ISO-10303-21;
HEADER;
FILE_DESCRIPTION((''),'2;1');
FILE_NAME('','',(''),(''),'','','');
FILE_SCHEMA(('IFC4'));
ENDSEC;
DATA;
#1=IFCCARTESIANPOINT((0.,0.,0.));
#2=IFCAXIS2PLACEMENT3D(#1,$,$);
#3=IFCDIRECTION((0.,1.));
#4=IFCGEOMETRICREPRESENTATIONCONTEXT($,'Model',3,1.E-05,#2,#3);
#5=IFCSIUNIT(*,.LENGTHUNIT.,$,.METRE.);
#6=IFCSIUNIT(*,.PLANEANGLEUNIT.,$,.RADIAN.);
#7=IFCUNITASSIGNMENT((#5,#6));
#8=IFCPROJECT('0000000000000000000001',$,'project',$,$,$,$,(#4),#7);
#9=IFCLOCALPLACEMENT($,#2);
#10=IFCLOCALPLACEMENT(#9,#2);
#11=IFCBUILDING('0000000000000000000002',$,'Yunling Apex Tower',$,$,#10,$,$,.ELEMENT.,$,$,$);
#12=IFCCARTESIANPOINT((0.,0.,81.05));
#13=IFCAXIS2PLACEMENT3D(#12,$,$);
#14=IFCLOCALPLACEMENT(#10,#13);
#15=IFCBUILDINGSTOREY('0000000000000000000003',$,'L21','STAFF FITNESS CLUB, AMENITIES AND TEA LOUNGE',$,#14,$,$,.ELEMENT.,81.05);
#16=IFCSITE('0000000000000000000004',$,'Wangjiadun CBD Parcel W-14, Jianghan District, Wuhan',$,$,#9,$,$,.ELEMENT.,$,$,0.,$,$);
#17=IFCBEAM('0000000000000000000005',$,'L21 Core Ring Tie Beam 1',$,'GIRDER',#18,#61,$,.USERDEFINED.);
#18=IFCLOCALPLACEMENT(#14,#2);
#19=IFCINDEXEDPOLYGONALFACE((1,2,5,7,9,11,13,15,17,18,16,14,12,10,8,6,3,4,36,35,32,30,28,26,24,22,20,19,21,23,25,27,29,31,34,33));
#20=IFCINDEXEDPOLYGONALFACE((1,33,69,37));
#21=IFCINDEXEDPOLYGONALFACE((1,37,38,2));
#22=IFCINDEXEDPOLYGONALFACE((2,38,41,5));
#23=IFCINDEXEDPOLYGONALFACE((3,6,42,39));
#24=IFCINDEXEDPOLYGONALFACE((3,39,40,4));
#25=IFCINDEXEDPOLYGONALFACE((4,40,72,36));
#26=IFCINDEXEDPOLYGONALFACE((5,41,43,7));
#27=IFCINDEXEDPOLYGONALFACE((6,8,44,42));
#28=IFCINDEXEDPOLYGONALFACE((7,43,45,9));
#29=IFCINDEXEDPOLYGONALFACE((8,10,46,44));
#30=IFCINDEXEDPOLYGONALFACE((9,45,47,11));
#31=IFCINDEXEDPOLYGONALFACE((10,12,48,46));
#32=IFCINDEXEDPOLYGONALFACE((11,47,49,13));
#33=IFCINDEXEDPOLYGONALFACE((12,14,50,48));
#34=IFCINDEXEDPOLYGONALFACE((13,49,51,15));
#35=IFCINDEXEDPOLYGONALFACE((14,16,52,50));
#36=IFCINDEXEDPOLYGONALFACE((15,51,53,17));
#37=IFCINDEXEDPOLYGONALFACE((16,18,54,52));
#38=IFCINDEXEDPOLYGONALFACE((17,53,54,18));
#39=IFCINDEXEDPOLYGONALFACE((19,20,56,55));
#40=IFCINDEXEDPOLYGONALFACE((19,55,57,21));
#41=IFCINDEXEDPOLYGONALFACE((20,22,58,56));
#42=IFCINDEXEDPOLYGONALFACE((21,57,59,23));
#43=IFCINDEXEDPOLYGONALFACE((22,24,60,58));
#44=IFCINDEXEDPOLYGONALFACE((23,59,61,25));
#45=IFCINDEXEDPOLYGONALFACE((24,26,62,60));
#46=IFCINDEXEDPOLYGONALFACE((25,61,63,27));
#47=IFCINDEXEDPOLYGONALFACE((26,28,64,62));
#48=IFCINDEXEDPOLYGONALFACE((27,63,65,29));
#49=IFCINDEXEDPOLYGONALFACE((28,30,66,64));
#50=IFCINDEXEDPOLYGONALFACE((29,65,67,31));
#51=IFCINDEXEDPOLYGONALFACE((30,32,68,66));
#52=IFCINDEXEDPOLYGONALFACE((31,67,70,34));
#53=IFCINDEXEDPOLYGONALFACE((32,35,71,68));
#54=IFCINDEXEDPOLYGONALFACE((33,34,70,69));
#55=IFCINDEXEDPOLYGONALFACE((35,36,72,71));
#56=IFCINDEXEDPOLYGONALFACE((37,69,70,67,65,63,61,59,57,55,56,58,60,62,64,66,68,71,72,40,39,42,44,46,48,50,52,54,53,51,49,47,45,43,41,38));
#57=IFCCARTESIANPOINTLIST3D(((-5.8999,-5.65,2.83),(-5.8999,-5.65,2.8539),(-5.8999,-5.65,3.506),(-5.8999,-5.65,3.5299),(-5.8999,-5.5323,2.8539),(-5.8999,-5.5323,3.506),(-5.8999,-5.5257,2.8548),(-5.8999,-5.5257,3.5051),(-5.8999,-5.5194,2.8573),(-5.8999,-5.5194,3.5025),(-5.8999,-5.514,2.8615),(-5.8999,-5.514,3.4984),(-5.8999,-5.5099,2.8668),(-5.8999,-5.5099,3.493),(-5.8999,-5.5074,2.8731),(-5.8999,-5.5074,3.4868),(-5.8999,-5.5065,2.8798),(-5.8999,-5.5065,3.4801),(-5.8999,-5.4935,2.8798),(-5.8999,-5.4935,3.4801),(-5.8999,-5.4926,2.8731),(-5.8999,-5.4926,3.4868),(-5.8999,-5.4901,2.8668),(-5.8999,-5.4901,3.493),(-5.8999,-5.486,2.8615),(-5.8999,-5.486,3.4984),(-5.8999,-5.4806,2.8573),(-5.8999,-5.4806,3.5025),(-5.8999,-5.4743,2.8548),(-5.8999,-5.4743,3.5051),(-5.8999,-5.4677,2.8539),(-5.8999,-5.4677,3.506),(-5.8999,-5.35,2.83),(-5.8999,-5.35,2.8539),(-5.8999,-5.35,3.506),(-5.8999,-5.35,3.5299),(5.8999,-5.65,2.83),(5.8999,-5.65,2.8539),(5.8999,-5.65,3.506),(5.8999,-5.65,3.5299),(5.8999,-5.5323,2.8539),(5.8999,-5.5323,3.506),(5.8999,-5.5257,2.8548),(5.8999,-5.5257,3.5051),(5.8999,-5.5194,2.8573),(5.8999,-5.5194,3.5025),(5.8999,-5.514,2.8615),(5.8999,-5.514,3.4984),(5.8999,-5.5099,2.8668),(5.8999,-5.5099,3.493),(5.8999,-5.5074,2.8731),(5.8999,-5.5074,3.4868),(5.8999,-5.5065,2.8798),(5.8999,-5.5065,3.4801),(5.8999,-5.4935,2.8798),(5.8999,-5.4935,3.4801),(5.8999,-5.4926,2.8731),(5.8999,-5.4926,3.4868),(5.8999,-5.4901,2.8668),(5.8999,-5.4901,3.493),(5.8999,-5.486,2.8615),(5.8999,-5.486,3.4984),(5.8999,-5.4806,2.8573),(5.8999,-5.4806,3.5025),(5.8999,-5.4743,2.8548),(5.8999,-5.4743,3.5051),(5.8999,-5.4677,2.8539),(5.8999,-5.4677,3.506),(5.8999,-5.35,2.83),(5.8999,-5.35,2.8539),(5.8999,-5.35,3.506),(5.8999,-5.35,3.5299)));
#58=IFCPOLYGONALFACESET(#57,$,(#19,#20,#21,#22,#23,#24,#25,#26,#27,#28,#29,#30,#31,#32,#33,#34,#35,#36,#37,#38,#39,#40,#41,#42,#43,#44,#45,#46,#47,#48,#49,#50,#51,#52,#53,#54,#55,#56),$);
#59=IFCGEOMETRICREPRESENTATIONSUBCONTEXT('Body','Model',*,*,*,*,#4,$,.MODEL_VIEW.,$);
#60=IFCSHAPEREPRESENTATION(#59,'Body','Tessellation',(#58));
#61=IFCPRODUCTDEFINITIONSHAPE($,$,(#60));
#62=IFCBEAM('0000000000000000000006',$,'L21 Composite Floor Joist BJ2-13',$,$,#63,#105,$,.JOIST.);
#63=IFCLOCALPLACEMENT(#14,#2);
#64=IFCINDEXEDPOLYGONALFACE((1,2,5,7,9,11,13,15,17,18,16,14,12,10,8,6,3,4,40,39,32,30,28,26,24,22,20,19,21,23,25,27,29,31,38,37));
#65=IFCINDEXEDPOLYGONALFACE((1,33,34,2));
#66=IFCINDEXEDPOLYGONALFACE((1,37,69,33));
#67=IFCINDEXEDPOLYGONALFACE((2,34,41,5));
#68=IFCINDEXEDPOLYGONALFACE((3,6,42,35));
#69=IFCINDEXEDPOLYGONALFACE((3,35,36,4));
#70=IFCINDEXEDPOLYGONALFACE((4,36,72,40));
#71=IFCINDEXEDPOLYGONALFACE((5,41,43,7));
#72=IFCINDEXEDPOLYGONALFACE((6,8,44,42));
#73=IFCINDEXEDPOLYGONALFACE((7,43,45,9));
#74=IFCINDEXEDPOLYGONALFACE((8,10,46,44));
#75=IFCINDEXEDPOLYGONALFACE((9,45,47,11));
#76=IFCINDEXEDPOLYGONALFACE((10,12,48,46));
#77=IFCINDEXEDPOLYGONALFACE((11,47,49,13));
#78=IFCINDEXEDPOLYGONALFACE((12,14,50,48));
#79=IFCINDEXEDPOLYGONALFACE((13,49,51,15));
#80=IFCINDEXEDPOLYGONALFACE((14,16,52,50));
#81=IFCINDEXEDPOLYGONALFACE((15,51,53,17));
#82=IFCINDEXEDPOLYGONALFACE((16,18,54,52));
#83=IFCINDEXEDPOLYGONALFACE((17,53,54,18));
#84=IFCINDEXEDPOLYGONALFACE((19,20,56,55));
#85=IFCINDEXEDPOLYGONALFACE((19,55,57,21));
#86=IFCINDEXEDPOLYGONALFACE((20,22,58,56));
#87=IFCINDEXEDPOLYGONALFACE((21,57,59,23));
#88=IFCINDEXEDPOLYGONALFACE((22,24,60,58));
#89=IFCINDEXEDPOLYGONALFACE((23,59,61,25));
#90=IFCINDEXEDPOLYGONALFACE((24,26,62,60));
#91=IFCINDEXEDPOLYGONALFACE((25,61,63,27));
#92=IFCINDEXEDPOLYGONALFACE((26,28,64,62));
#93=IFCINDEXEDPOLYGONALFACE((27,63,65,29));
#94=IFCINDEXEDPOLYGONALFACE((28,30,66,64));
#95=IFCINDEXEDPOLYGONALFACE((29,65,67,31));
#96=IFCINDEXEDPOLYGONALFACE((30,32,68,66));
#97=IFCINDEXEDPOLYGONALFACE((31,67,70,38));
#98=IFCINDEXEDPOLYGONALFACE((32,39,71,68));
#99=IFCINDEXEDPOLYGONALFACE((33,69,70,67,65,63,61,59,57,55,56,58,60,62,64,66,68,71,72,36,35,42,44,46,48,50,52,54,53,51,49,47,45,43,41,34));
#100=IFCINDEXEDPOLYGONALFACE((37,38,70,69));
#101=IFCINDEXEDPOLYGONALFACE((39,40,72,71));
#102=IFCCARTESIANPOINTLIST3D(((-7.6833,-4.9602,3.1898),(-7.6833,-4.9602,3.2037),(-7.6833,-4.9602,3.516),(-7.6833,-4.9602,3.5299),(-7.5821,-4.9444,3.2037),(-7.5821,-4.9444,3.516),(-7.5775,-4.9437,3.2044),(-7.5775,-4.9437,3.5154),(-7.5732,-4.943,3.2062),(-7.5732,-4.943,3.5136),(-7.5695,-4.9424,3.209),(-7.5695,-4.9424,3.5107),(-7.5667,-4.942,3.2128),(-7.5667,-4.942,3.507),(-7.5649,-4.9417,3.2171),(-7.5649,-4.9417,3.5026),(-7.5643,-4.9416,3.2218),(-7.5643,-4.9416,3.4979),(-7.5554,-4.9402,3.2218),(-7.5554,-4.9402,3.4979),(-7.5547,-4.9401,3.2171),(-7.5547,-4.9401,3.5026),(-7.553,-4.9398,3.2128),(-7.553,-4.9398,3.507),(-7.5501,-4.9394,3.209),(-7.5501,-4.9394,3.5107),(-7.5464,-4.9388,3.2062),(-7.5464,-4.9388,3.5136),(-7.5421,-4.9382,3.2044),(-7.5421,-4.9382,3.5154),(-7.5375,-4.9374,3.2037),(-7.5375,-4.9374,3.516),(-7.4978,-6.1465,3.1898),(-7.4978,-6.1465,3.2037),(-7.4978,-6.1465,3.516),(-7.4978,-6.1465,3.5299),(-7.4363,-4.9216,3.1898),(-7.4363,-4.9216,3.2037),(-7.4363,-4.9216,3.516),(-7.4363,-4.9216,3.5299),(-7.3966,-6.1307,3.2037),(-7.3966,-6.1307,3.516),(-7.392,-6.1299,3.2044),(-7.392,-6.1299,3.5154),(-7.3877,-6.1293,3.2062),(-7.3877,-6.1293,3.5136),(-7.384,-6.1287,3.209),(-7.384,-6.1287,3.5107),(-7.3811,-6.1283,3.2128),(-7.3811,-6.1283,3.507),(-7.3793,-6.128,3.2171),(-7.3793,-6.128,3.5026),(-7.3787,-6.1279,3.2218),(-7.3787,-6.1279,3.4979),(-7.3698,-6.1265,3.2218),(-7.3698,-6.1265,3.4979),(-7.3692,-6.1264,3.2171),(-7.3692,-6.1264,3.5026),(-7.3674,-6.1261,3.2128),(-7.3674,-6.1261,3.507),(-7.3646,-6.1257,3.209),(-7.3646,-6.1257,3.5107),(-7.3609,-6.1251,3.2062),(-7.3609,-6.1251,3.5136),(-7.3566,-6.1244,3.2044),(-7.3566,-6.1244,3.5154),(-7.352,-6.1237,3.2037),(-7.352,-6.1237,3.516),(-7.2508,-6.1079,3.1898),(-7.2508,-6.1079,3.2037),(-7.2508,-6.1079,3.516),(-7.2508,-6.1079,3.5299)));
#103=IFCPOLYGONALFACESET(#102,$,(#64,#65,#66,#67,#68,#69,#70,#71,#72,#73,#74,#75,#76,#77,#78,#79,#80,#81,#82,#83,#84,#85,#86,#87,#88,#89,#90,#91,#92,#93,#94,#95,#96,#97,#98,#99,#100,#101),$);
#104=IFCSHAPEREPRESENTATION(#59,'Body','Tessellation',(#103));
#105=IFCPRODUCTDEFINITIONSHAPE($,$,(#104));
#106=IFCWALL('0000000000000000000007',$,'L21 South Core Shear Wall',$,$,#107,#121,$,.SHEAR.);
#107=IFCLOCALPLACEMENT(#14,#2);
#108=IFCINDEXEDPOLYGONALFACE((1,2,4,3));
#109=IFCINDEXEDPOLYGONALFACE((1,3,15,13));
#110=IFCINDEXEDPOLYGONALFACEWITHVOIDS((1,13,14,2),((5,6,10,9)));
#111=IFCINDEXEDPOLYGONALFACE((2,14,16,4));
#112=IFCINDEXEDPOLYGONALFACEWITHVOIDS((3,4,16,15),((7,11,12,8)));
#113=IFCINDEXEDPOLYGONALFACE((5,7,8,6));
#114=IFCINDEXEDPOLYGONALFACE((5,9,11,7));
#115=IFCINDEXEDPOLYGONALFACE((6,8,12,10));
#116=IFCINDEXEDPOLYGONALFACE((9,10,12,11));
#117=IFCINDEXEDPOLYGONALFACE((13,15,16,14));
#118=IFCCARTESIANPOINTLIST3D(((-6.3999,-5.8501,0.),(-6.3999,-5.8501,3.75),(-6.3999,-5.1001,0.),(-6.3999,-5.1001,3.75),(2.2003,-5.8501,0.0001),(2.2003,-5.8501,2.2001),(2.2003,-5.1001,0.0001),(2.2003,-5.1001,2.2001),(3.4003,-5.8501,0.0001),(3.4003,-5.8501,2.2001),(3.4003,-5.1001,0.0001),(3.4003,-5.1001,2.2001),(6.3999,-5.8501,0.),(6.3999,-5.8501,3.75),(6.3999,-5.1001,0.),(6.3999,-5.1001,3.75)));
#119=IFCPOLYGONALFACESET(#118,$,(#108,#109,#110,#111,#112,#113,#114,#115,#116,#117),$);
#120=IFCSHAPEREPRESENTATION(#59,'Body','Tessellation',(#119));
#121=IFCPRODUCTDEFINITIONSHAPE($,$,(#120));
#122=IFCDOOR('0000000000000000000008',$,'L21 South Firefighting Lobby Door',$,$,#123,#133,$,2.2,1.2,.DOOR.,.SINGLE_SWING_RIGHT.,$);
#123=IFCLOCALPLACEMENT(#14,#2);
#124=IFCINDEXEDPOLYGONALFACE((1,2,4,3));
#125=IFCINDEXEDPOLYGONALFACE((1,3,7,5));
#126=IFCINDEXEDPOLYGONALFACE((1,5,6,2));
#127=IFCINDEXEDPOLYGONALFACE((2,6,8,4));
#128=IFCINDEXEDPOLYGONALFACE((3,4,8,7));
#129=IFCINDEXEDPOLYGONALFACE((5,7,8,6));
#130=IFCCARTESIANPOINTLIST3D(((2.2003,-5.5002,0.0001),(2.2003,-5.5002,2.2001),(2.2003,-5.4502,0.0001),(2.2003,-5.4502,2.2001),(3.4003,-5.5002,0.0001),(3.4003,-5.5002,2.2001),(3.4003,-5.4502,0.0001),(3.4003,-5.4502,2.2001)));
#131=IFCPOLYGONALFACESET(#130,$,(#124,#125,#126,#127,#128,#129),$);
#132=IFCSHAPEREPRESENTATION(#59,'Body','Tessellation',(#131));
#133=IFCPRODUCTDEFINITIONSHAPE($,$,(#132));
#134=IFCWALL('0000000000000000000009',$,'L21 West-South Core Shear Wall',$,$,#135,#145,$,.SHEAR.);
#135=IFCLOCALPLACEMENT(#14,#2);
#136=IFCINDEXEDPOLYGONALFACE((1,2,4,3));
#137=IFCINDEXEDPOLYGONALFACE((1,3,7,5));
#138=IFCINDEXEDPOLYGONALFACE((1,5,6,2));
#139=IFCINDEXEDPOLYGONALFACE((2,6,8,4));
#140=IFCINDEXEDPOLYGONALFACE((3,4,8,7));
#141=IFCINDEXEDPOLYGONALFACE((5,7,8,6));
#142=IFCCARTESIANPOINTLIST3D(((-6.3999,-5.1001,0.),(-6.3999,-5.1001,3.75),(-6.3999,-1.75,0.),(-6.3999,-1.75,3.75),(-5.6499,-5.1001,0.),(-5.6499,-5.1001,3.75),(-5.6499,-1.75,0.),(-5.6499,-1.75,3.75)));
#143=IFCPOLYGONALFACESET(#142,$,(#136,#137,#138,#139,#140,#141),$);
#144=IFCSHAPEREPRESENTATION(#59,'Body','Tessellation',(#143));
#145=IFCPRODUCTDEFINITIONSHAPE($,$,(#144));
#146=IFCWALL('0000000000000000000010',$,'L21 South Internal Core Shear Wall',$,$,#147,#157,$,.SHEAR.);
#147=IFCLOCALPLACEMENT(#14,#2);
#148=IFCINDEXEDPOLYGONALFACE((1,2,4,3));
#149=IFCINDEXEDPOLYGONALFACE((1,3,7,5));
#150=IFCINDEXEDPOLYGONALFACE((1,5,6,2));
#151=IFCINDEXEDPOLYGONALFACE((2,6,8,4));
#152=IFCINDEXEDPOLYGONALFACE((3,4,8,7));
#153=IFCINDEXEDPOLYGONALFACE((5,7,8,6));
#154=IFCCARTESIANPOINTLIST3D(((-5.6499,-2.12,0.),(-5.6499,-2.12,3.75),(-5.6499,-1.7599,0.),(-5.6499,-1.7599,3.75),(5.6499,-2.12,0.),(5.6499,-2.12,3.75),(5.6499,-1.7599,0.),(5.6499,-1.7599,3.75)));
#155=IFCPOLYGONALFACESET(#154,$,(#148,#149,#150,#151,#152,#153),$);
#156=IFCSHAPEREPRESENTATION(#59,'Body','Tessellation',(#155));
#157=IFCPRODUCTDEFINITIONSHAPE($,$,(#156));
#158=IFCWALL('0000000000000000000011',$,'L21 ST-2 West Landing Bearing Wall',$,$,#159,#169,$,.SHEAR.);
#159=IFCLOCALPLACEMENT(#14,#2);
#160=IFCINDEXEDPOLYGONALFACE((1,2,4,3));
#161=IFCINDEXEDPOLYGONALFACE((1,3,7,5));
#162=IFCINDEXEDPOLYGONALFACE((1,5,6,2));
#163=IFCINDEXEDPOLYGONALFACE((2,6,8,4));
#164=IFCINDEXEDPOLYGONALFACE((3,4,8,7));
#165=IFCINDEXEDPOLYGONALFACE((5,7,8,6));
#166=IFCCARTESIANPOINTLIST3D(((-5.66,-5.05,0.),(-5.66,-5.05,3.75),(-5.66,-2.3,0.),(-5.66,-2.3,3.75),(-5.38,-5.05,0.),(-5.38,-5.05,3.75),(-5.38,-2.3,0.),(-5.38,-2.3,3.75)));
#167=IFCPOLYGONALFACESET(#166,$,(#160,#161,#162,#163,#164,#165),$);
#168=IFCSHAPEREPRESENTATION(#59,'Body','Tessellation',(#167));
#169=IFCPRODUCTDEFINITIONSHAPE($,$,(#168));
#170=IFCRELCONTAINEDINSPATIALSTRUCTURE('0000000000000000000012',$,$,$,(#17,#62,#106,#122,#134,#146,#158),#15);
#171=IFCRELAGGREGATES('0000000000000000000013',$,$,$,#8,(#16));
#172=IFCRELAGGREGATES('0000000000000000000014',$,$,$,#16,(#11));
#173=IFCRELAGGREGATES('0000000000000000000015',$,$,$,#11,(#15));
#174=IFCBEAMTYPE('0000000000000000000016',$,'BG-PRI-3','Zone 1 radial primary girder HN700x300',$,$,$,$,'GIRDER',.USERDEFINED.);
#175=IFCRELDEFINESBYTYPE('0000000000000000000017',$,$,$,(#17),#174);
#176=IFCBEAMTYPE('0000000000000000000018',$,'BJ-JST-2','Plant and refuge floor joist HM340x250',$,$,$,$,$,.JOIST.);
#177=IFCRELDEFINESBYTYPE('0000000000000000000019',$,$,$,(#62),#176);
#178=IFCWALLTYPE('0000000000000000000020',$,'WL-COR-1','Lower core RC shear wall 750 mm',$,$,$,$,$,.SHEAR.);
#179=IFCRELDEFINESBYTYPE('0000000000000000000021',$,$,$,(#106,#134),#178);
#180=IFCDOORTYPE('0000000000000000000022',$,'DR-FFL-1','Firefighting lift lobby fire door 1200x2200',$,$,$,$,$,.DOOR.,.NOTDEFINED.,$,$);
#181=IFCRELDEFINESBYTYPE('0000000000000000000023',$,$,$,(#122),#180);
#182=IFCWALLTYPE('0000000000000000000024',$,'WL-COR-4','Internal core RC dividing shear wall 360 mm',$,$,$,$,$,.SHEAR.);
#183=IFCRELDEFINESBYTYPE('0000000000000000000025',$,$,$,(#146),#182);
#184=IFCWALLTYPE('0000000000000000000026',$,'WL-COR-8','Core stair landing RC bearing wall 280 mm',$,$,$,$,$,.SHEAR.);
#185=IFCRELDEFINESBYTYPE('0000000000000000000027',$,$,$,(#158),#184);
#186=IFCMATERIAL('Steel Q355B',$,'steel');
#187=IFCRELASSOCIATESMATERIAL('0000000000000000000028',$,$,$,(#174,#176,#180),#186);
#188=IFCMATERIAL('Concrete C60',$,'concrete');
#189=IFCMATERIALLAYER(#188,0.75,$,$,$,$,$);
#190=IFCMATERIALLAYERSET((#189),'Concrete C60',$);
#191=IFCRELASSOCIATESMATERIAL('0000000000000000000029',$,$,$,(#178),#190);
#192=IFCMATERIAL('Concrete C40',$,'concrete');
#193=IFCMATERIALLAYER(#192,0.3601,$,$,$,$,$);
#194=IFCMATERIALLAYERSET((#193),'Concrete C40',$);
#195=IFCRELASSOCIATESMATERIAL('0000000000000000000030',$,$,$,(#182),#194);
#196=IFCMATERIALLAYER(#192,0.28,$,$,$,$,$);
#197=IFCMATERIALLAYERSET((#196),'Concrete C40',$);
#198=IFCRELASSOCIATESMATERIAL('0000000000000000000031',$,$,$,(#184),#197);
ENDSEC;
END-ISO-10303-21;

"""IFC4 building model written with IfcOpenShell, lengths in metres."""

from ifc_helpers import new_model, si_unit, direction, frame, frame_2d, origin, origin_2d, place, context, subcontext, project, spatial, rectangle, i_section, extrude, source, transform, mapped, material, layer, layer_set, material_profile, profile_set, type_object, element, fill, save


model = new_model("IFC4")

# Units and contexts
model_context = context("Model", 3, precision=1e-05, world=origin(), true_north=direction((0.0, 1.0)))
body_context = subcontext(model_context, "Body", "Model", "MODEL_VIEW")
ifc_project = project(units=[si_unit("LENGTHUNIT", "METRE"), si_unit("PLANEANGLEUNIT", "RADIAN")], contexts=[model_context])

# Site, building, storey
site_placement = place(None, origin())
site = spatial("IfcSite", under=ifc_project, at=site_placement, Name="Wangjiadun CBD Parcel W-14, Jianghan District, Wuhan", CompositionType="ELEMENT", RefElevation=0.0)
building_placement = place(site_placement, origin())
building = spatial("IfcBuilding", under=site, at=building_placement, Name="Yunling Apex Tower", CompositionType="ELEMENT")
storey_placement = place(building_placement, frame((0.0, 0.0, 81.05)))
storey = spatial("IfcBuildingStorey", under=building, at=storey_placement, Name="L21", Description="STAFF FITNESS CLUB, AMENITIES AND TEA LOUNGE", CompositionType="ELEMENT", Elevation=81.05)

# Shared definitions
ifc_material_1 = material(Name="Concrete C60", Category="concrete")

# Beams
ifc_material_2 = material(Name="Steel Q355B", Category="steel")
ifc_material_profile_1 = material_profile(ifc_material_2, i_section(OverallWidth=0.3, OverallDepth=0.7, WebThickness=0.0129, FlangeThickness=0.0239, FilletRadius=0.0259, at=origin_2d()))
ifc_profile_set_1 = profile_set([ifc_material_profile_1], Name="Steel Q355B")
beam_type_1 = type_object("IfcBeamType", Name="BG-PRI-3", Description="Zone 1 radial primary girder HN700x300", ElementType="GIRDER", PredefinedType="USERDEFINED", material=ifc_profile_set_1)
shared_shape_1 = source(origin(), body_context, "Body", "SweptSolid", [
    extrude(i_section(OverallWidth=0.3, OverallDepth=0.7, WebThickness=0.0129, FlangeThickness=0.0239, FilletRadius=0.0259, at=origin_2d()), origin(), (0.0, 0.0, 1.0), 11.7998),
])
beam_1_placement = place(storey_placement, frame((-5.8999, -5.5, 3.1799), z_axis=(1.0, 0.0, 0.0), x_axis=(0.0, 1.0, 0.0)))
element("IfcBeam", 1, at=beam_1_placement, inside=storey, type_object=beam_type_1, Name="L21 Core Ring Tie Beam 1", ObjectType="GIRDER", PredefinedType="USERDEFINED", context=body_context, shape_type="MappedRepresentation", body=[
    mapped(shared_shape_1, transform((0.0, 0.0, 0.0), scale=1.0)),
])
ifc_material_profile_2 = material_profile(ifc_material_2, i_section(OverallWidth=0.25, OverallDepth=0.3401, WebThickness=0.009, FlangeThickness=0.0139, FilletRadius=0.0181, at=origin_2d()))
ifc_profile_set_2 = profile_set([ifc_material_profile_2], Name="Steel Q355B")
beam_type_2 = type_object("IfcBeamType", Name="BJ-JST-2", Description="Plant and refuge floor joist HM340x250", PredefinedType="JOIST", material=ifc_profile_set_2)
shared_shape_2 = source(origin(), body_context, "Body", "SweptSolid", [
    extrude(i_section(OverallWidth=0.25, OverallDepth=0.3401, WebThickness=0.009, FlangeThickness=0.0139, FilletRadius=0.0181, at=origin_2d()), origin(), (0.0, 0.0, 1.0), 1.2007),
])
beam_2_placement = place(storey_placement, frame((-7.5598, -4.9409, 3.3599), z_axis=(0.154532, -0.987988, 0.0), x_axis=(0.987988, 0.154532, 0.0)))
element("IfcBeam", 2, at=beam_2_placement, inside=storey, type_object=beam_type_2, Name="L21 Composite Floor Joist BJ2-13", PredefinedType="JOIST", context=body_context, shape_type="MappedRepresentation", body=[
    mapped(shared_shape_2, transform((0.0, 0.0, 0.0), scale=1.0)),
])

# Wall, opening, door
ifc_layer_1 = layer(ifc_material_1, 0.75)
ifc_layer_set_1 = layer_set([ifc_layer_1], Name="Concrete C60")
wall_type_1 = type_object("IfcWallType", Name="WL-COR-1", Description="Lower core RC shear wall 750 mm", PredefinedType="SHEAR", material=ifc_layer_set_1)
wall_1_placement = place(storey_placement, frame((-6.3999, -5.4751, 0.0), z_axis=(0.0, 0.0, 1.0), x_axis=(1.0, 0.0, 0.0)))
wall_1 = element("IfcWall", 3, at=wall_1_placement, inside=storey, type_object=wall_type_1, Name="L21 South Core Shear Wall", PredefinedType="SHEAR", context=body_context, shape_type="SweptSolid", body=[
    extrude(rectangle(XDim=12.7998, YDim=0.75, at=frame_2d((6.3999, 0.0))), origin(), (0.0, 0.0, 1.0), 3.75),
])
opening_placement = place(wall_1_placement, frame((8.6001, 0.0, 0.0)))
opening = element("IfcOpeningElement", 4, at=opening_placement, cuts=wall_1, PredefinedType="OPENING", context=body_context, shape_type="SweptSolid", body=[
    extrude(rectangle(XDim=1.2, YDim=2.2, at=frame_2d((0.6001, 1.1001))), frame((0.0, 0.385, 0.0), z_axis=(0.0, -1.0, 0.0), x_axis=(1.0, 0.0, 0.0)), (0.0, 0.0, 1.0), 0.77),
])
door_type = type_object("IfcDoorType", Name="DR-FFL-1", Description="Firefighting lift lobby fire door 1200x2200", OperationType="NOTDEFINED", PredefinedType="DOOR", material=ifc_material_2)
door_placement = place(opening_placement, origin())
door = element("IfcDoor", 5, at=door_placement, inside=storey, type_object=door_type, Name="L21 South Firefighting Lobby Door", OperationType="SINGLE_SWING_RIGHT", OverallHeight=2.2, OverallWidth=1.2, PredefinedType="DOOR", context=body_context, shape_type="SweptSolid", body=[
    extrude(rectangle(XDim=1.2, YDim=2.2, at=frame_2d((0.6001, 1.1001))), frame((0.0, 0.0249, 0.0), z_axis=(0.0, -1.0, 0.0), x_axis=(1.0, 0.0, 0.0)), (0.0, 0.0, 1.0), 0.05),
])
fill(opening, door)

# Walls
wall_2_placement = place(storey_placement, frame((-6.0249, -5.1001, 0.0), z_axis=(0.0, 0.0, 1.0), x_axis=(0.0, 1.0, 0.0)))
element("IfcWall", 6, at=wall_2_placement, inside=storey, type_object=wall_type_1, Name="L21 West-South Core Shear Wall", PredefinedType="SHEAR", context=body_context, shape_type="SweptSolid", body=[
    extrude(rectangle(XDim=3.3501, YDim=0.75, at=frame_2d((1.675, 0.0))), origin(), (0.0, 0.0, 1.0), 3.75),
])
ifc_material_3 = material(Name="Concrete C40", Category="concrete")
ifc_layer_2 = layer(ifc_material_3, 0.3601)
ifc_layer_set_2 = layer_set([ifc_layer_2], Name="Concrete C40")
wall_type_2 = type_object("IfcWallType", Name="WL-COR-4", Description="Internal core RC dividing shear wall 360 mm", PredefinedType="SHEAR", material=ifc_layer_set_2)
wall_3_placement = place(storey_placement, frame((-5.6499, -1.9399, 0.0), z_axis=(0.0, 0.0, 1.0), x_axis=(1.0, 0.0, 0.0)))
element("IfcWall", 7, at=wall_3_placement, inside=storey, type_object=wall_type_2, Name="L21 South Internal Core Shear Wall", PredefinedType="SHEAR", context=body_context, shape_type="SweptSolid", body=[
    extrude(rectangle(XDim=11.2998, YDim=0.3601, at=frame_2d((5.6499, 0.0))), origin(), (0.0, 0.0, 1.0), 3.75),
])
ifc_layer_3 = layer(ifc_material_3, 0.28)
ifc_layer_set_3 = layer_set([ifc_layer_3], Name="Concrete C40")
wall_type_3 = type_object("IfcWallType", Name="WL-COR-8", Description="Core stair landing RC bearing wall 280 mm", PredefinedType="SHEAR", material=ifc_layer_set_3)
wall_4_placement = place(storey_placement, frame((-5.52, -5.05, 0.0), z_axis=(0.0, 0.0, 1.0), x_axis=(0.0, 1.0, 0.0)))
element("IfcWall", 8, at=wall_4_placement, inside=storey, type_object=wall_type_3, Name="L21 ST-2 West Landing Bearing Wall", PredefinedType="SHEAR", context=body_context, shape_type="SweptSolid", body=[
    extrude(rectangle(XDim=2.75, YDim=0.28, at=frame_2d((1.375, 0.0))), origin(), (0.0, 0.0, 1.0), 3.75),
])

save(model, "model.ifc")
